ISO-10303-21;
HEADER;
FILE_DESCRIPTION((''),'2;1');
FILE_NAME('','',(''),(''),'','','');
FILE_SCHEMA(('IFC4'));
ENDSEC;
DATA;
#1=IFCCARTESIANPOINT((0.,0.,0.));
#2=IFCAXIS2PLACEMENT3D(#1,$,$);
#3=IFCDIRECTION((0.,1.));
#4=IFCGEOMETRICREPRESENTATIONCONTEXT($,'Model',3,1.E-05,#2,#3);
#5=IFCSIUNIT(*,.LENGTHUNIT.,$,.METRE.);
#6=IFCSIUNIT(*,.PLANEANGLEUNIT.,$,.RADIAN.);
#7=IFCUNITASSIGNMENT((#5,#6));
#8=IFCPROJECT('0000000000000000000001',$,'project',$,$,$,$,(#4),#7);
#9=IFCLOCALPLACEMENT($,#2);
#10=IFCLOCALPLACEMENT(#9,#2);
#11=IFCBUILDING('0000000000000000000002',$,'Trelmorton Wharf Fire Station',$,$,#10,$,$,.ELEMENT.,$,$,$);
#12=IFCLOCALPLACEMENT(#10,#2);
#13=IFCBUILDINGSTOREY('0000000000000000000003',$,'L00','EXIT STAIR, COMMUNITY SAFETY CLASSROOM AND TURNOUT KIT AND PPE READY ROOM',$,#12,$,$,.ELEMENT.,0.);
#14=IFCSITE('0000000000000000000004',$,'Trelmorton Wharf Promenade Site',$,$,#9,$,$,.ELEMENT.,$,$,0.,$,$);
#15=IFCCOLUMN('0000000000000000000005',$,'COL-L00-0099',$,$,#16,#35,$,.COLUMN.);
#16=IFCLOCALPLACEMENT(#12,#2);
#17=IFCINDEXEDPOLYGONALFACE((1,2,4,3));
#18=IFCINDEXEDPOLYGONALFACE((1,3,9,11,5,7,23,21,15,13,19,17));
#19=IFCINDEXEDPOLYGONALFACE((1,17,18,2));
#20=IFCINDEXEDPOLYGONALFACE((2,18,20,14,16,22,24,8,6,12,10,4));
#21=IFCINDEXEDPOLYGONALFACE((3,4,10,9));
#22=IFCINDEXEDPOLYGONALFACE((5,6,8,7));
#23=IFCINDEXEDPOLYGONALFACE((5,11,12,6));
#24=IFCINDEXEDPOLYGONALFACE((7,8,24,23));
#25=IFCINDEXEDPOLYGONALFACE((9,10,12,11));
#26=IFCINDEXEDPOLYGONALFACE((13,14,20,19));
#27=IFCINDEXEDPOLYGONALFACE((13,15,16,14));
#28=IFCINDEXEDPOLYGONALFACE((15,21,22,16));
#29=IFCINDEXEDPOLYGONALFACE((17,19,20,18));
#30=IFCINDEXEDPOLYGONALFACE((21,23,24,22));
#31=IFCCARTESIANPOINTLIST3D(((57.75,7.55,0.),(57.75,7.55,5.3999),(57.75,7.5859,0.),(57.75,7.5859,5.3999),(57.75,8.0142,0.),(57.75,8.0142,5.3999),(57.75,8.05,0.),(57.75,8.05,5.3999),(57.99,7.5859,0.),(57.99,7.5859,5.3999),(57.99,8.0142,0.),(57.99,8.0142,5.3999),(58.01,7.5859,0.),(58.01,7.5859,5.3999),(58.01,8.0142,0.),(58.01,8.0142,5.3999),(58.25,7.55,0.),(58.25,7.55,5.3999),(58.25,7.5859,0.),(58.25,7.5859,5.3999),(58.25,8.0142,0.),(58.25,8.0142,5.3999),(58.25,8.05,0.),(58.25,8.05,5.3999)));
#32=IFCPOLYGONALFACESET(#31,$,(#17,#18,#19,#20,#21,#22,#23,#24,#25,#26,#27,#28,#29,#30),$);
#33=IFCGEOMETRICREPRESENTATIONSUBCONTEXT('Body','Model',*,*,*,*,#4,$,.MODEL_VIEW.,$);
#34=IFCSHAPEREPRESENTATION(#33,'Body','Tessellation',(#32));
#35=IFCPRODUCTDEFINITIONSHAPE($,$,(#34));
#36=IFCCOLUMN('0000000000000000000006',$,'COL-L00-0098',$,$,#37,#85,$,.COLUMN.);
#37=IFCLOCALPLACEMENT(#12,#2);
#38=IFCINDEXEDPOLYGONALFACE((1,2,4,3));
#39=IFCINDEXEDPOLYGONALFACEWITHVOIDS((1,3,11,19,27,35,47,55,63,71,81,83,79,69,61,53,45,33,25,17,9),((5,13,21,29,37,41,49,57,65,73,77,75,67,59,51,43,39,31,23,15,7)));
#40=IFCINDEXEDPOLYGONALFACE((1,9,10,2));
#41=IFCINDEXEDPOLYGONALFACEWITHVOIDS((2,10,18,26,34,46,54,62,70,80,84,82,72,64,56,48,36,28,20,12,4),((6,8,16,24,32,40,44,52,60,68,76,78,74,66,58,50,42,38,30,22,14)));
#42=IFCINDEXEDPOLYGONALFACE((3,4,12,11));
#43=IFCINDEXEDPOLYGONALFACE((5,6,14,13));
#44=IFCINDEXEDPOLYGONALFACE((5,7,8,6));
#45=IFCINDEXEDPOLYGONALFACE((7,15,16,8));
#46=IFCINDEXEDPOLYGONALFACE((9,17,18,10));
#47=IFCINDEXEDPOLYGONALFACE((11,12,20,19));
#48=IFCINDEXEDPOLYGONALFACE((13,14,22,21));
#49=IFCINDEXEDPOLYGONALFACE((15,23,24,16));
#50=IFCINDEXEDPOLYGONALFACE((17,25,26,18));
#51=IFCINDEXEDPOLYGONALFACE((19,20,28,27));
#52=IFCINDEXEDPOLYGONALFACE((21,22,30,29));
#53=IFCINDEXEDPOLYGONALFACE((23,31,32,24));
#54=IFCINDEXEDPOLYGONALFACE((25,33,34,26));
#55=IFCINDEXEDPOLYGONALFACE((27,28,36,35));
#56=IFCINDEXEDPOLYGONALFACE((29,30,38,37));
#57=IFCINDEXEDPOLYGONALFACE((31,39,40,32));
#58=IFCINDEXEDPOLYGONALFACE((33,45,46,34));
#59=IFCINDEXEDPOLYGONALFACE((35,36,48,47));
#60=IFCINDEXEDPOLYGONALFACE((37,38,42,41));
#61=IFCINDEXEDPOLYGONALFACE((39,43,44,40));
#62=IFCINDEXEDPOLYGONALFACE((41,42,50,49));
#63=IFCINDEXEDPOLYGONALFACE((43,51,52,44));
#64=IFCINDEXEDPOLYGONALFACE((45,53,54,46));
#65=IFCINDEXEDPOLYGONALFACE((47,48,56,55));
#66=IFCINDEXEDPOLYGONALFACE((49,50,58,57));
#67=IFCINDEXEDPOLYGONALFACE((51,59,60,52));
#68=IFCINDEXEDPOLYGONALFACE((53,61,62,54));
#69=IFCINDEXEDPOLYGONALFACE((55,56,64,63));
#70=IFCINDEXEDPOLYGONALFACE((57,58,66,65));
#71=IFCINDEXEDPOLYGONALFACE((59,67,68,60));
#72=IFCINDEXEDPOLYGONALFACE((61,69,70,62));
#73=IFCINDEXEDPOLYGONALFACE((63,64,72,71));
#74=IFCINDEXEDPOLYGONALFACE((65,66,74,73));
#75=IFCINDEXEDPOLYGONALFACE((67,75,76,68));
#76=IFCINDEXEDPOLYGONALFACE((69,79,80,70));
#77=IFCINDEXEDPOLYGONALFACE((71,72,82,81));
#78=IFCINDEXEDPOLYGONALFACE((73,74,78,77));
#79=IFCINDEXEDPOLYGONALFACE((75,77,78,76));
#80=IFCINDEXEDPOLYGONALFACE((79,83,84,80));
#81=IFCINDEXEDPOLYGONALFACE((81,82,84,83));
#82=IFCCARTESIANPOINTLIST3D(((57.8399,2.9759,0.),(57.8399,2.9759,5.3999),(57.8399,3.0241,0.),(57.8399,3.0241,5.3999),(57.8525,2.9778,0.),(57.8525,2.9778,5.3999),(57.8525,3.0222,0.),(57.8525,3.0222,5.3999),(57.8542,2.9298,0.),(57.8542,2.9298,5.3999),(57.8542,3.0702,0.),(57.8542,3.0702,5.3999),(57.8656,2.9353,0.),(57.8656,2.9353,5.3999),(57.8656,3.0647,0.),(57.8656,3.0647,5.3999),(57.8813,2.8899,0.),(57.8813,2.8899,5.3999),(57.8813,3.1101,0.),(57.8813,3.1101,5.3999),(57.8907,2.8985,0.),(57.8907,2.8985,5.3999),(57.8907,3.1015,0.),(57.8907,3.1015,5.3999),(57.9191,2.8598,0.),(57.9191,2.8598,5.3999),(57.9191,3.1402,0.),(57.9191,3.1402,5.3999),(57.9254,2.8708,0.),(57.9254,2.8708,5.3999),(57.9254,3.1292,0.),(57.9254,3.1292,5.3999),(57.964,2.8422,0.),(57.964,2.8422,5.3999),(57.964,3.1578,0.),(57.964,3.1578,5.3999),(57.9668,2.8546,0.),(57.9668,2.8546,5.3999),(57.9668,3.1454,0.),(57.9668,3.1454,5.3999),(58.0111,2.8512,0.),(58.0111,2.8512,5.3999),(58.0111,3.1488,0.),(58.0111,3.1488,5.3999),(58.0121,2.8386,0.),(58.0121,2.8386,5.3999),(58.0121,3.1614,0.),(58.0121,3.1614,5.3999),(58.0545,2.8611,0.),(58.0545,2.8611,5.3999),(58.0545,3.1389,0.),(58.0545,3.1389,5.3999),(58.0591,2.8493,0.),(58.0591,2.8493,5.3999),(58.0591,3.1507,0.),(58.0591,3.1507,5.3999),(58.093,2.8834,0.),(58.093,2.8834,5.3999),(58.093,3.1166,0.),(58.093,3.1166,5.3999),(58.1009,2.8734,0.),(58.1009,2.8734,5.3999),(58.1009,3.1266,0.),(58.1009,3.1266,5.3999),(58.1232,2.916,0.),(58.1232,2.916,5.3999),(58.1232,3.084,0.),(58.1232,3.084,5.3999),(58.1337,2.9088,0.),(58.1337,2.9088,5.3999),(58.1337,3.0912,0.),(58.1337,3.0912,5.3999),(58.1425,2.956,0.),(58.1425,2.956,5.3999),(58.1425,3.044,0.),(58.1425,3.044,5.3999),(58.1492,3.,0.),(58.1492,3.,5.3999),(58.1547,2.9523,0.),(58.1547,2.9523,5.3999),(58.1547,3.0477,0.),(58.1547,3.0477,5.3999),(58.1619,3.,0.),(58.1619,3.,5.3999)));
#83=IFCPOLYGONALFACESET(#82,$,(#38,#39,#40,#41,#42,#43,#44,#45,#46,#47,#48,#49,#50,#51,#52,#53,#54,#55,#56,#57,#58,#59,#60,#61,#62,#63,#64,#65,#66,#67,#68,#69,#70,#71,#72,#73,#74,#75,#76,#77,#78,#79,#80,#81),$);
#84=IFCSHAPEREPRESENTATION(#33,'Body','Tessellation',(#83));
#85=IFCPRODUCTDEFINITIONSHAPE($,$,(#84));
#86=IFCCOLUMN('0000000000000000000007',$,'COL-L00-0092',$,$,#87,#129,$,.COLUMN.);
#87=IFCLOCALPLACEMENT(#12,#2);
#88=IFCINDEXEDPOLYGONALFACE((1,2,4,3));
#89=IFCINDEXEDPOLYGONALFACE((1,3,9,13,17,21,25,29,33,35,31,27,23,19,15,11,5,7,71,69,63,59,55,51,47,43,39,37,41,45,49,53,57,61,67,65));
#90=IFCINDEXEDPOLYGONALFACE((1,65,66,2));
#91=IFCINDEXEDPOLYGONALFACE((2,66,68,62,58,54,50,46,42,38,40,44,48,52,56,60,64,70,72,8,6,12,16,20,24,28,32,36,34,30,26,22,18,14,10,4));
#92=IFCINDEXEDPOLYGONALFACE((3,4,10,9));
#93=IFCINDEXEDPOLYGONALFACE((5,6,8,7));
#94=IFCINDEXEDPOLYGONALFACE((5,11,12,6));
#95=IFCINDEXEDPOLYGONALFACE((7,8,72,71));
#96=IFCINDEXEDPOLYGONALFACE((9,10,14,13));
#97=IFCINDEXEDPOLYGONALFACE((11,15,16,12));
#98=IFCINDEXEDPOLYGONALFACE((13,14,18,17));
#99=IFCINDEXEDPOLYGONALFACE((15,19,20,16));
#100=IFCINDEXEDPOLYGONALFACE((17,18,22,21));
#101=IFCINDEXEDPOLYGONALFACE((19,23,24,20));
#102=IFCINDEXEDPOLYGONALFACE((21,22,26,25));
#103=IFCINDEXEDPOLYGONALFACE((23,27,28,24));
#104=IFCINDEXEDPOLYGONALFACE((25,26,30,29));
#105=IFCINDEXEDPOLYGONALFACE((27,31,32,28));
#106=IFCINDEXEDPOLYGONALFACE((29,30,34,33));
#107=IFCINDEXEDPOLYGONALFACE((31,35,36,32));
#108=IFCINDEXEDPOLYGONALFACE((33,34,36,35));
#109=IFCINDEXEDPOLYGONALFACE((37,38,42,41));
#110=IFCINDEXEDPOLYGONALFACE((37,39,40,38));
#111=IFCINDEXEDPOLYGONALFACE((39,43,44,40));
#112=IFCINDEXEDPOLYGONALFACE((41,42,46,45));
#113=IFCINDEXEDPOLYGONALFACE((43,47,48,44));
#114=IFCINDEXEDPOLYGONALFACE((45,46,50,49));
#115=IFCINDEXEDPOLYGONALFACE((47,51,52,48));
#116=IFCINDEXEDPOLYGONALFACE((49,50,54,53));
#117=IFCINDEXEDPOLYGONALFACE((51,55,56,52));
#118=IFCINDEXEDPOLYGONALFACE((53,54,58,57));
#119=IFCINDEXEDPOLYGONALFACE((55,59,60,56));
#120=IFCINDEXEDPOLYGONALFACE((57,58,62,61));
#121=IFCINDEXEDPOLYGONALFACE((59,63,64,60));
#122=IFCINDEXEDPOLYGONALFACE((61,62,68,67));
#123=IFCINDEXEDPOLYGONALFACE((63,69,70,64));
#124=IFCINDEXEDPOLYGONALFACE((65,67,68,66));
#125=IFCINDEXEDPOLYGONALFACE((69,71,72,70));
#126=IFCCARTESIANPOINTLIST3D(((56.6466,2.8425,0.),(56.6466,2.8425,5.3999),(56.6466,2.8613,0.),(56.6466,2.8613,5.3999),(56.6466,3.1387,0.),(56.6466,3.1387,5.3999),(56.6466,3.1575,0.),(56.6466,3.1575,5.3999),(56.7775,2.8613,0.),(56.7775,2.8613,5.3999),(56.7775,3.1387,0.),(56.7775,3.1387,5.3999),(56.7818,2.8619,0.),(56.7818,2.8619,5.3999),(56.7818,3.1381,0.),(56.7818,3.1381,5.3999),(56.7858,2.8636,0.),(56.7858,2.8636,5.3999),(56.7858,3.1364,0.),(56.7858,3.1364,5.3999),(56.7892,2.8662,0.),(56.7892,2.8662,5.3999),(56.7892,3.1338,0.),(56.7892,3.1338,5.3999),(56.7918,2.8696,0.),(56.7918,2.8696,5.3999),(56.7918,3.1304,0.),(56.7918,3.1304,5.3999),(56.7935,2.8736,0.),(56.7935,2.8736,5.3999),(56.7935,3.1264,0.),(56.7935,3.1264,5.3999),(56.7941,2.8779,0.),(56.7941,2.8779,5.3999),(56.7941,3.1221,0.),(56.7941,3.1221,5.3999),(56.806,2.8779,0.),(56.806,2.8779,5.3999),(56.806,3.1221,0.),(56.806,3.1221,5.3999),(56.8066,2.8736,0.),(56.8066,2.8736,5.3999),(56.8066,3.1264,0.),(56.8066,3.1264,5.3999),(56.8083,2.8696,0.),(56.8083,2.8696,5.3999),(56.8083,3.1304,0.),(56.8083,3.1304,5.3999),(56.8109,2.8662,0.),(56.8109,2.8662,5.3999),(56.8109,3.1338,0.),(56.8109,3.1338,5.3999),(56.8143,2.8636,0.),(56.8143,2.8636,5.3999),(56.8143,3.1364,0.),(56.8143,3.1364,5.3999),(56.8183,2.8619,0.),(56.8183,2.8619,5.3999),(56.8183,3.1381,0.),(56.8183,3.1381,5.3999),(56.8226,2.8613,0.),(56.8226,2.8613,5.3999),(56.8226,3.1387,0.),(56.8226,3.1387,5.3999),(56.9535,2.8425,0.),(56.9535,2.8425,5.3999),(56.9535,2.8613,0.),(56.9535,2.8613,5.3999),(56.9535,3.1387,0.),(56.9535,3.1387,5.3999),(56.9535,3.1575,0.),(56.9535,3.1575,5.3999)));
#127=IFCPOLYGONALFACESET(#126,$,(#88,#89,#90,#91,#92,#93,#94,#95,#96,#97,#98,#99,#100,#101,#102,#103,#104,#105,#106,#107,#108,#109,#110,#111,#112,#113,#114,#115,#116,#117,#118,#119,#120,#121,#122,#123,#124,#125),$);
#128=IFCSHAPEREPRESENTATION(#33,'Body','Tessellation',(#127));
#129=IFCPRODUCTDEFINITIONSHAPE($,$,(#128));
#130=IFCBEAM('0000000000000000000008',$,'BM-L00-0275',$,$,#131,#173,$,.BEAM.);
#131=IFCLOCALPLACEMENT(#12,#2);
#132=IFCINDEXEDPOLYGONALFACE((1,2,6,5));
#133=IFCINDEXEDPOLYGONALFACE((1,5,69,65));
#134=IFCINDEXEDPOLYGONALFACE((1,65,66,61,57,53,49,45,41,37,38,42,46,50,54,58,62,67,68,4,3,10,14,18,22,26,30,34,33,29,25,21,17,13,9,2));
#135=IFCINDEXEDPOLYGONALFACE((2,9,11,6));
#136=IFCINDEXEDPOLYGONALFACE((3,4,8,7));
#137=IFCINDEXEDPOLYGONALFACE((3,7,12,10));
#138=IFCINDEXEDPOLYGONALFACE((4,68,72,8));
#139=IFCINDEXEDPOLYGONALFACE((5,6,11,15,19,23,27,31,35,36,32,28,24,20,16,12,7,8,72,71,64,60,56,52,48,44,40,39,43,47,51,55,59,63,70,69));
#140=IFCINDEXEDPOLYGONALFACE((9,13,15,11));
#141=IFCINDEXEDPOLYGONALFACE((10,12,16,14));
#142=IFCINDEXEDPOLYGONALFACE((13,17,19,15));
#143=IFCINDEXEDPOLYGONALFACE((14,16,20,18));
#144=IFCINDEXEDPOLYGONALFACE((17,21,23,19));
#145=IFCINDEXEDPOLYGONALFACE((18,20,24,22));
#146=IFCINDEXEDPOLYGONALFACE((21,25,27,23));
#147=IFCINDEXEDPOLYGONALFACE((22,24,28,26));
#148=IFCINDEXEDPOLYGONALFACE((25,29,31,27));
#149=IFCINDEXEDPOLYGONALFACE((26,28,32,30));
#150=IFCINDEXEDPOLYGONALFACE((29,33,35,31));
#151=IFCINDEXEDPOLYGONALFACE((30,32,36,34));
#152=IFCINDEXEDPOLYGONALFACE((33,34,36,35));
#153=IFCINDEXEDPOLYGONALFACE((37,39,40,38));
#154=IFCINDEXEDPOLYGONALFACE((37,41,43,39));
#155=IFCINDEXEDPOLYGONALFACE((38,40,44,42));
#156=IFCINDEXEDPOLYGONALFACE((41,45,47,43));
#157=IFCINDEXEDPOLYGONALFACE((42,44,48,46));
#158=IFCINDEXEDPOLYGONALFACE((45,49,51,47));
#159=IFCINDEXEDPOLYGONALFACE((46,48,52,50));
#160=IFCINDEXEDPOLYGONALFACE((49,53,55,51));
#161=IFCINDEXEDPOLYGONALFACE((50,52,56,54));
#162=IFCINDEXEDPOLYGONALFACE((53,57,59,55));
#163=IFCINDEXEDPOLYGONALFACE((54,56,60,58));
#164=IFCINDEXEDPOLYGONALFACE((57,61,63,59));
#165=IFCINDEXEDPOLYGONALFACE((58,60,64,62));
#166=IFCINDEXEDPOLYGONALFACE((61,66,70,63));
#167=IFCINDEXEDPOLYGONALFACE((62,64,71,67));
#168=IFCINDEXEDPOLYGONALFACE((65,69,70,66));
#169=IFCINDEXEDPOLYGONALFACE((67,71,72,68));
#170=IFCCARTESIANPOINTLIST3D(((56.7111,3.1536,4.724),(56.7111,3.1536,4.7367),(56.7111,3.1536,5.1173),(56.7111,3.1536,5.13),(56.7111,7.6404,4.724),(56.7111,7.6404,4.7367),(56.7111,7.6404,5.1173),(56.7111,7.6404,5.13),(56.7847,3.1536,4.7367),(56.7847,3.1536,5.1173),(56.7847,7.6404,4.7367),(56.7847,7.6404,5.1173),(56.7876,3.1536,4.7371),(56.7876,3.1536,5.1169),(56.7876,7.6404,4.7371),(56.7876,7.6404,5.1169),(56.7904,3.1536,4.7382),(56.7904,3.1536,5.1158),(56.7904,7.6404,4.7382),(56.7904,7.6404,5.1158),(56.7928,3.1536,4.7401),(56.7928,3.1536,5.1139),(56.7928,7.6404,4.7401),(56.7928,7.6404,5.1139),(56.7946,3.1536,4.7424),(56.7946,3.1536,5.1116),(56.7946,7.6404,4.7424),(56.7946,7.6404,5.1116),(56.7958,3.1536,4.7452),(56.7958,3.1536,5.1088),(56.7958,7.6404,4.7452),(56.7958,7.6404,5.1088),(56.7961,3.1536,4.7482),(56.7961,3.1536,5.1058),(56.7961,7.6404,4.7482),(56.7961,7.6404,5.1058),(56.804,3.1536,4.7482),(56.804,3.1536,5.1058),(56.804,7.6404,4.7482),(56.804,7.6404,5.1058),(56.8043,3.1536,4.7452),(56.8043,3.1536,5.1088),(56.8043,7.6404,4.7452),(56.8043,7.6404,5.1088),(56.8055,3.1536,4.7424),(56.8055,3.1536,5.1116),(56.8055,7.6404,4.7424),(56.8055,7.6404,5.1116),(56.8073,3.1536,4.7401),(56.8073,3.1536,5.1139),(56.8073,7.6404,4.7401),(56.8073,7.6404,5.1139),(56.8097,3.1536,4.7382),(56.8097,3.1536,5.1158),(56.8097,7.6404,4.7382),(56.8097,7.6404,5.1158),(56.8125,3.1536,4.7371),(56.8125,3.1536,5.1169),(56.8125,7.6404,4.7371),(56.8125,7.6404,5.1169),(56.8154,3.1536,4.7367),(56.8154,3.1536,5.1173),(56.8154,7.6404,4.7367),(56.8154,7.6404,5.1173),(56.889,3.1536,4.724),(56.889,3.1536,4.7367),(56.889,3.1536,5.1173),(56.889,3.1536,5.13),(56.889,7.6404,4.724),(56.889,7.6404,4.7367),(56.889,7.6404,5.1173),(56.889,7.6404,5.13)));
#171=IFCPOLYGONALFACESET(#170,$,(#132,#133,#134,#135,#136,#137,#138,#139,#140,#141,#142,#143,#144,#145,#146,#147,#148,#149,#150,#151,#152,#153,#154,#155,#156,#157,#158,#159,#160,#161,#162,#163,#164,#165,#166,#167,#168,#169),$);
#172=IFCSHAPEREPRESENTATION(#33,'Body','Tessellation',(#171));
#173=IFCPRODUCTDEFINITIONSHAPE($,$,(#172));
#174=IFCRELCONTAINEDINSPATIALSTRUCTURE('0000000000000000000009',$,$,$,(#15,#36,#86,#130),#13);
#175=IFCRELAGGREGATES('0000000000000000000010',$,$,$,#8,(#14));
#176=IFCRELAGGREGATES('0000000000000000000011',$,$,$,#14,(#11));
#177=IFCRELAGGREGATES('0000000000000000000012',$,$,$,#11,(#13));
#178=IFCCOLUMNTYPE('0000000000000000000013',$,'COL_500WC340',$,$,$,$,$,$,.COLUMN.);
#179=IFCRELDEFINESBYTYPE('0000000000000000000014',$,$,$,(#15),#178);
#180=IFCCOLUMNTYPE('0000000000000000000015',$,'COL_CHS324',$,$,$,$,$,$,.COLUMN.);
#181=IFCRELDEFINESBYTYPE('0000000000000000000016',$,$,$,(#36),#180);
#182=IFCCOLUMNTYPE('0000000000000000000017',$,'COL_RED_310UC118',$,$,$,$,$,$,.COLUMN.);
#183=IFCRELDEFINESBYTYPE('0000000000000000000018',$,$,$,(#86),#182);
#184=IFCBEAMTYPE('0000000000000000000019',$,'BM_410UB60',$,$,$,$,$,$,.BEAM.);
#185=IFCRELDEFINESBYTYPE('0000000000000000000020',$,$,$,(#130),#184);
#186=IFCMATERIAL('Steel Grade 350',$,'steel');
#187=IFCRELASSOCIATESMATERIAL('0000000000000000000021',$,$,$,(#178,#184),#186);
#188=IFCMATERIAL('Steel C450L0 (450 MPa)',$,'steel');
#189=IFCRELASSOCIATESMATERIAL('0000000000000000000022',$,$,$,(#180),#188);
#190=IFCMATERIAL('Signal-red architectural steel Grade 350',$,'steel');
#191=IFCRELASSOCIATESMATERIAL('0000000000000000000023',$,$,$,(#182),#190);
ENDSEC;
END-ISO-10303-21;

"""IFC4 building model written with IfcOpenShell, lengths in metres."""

from ifc_helpers import new_model, si_unit, direction, frame, origin, origin_2d, place, context, subcontext, project, spatial, hollow_circle, i_section, extrude, material, material_profile, profile_set, type_object, element, save


model = new_model("IFC4")

# Units and contexts
model_context = context("Model", 3, precision=1e-05, world=origin(), true_north=direction((0.0, 1.0)))
body_context = subcontext(model_context, "Body", "Model", "MODEL_VIEW")
ifc_project = project(units=[si_unit("LENGTHUNIT", "METRE"), si_unit("PLANEANGLEUNIT", "RADIAN")], contexts=[model_context])

# Site, building, storey
site_placement = place(None, origin())
site = spatial("IfcSite", under=ifc_project, at=site_placement, Name="Trelmorton Wharf Promenade Site", CompositionType="ELEMENT", RefElevation=0.0)
building_placement = place(site_placement, origin())
building = spatial("IfcBuilding", under=site, at=building_placement, Name="Trelmorton Wharf Fire Station", CompositionType="ELEMENT")
storey_placement = place(building_placement, origin())
storey = spatial("IfcBuildingStorey", under=building, at=storey_placement, Name="L00", Description="EXIT STAIR, COMMUNITY SAFETY CLASSROOM AND TURNOUT KIT AND PPE READY ROOM", CompositionType="ELEMENT", Elevation=0.0)

# Columns
ifc_material_1 = material(Name="Steel Grade 350", Category="steel")
ifc_material_profile_1 = material_profile(ifc_material_1, i_section(OverallWidth=0.5, OverallDepth=0.5, WebThickness=0.02, FlangeThickness=0.0359, at=origin_2d()), Name="500WC340")
ifc_profile_set_1 = profile_set([ifc_material_profile_1], Name="Steel Grade 350")
column_type_1 = type_object("IfcColumnType", Name="COL_500WC340", PredefinedType="COLUMN", material=ifc_profile_set_1)
column_1_placement = place(storey_placement, frame((58.0, 7.8, 0.0), z_axis=(0.0, 0.0, 1.0), x_axis=(1.0, 0.0, 0.0)))
element("IfcColumn", 1, at=column_1_placement, inside=storey, type_object=column_type_1, Name="COL-L00-0099", PredefinedType="COLUMN", context=body_context, shape_type="SweptSolid", body=[
    extrude(i_section(OverallWidth=0.5, OverallDepth=0.5, WebThickness=0.02, FlangeThickness=0.0359, at=origin_2d()), origin(), (0.0, 0.0, 1.0), 5.3999),
])
ifc_material_2 = material(Name="Steel C450L0 (450 MPa)", Category="steel")
ifc_material_profile_2 = material_profile(ifc_material_2, hollow_circle(Radius=0.1619, WallThickness=0.0127, at=origin_2d()), Name="323.9x12.7CHS")
ifc_profile_set_2 = profile_set([ifc_material_profile_2], Name="Steel C450L0 (450 MPa)")
column_type_2 = type_object("IfcColumnType", Name="COL_CHS324", PredefinedType="COLUMN", material=ifc_profile_set_2)
column_2_placement = place(storey_placement, frame((58.0, 3.0, 0.0), z_axis=(0.0, 0.0, 1.0), x_axis=(1.0, 0.0, 0.0)))
element("IfcColumn", 2, at=column_2_placement, inside=storey, type_object=column_type_2, Name="COL-L00-0098", PredefinedType="COLUMN", context=body_context, shape_type="SweptSolid", body=[
    extrude(hollow_circle(Radius=0.1619, WallThickness=0.0127, at=origin_2d()), origin(), (0.0, 0.0, 1.0), 5.3999),
])
ifc_material_3 = material(Name="Signal-red architectural steel Grade 350", Category="steel")
ifc_material_profile_3 = material_profile(ifc_material_3, i_section(OverallWidth=0.3069, OverallDepth=0.3149, WebThickness=0.012, FlangeThickness=0.0188, FilletRadius=0.0166, at=origin_2d()), Name="310UC118")
ifc_profile_set_3 = profile_set([ifc_material_profile_3], Name="Signal-red architectural steel Grade 350")
column_type_3 = type_object("IfcColumnType", Name="COL_RED_310UC118", PredefinedType="COLUMN", material=ifc_profile_set_3)
column_3_placement = place(storey_placement, frame((56.8, 3.0, 0.0), z_axis=(0.0, 0.0, 1.0), x_axis=(1.0, 0.0, 0.0)))
element("IfcColumn", 3, at=column_3_placement, inside=storey, type_object=column_type_3, Name="COL-L00-0092", PredefinedType="COLUMN", context=body_context, shape_type="SweptSolid", body=[
    extrude(i_section(OverallWidth=0.3069, OverallDepth=0.3149, WebThickness=0.012, FlangeThickness=0.0188, FilletRadius=0.0166, at=origin_2d()), origin(), (0.0, 0.0, 1.0), 5.3999),
])

# Beam
ifc_material_profile_4 = material_profile(ifc_material_1, i_section(OverallWidth=0.178, OverallDepth=0.406, WebThickness=0.0078, FlangeThickness=0.0127, FilletRadius=0.0115, at=origin_2d()), Name="410UB59.7")
ifc_profile_set_4 = profile_set([ifc_material_profile_4], Name="Steel Grade 350")
beam_type_1 = type_object("IfcBeamType", Name="BM_410UB60", PredefinedType="BEAM", material=ifc_profile_set_4)
beam_1_placement = place(storey_placement, frame((56.8, 3.1536, 4.927), z_axis=(0.0, 1.0, 0.0), x_axis=(-1.0, 0.0, 0.0)))
element("IfcBeam", 4, at=beam_1_placement, inside=storey, type_object=beam_type_1, Name="BM-L00-0275", PredefinedType="BEAM", context=body_context, shape_type="SweptSolid", body=[
    extrude(i_section(OverallWidth=0.178, OverallDepth=0.406, WebThickness=0.0078, FlangeThickness=0.0127, FilletRadius=0.0115, at=origin_2d()), origin(), (0.0, 0.0, 1.0), 4.4868),
])

save(model, "model.ifc")
